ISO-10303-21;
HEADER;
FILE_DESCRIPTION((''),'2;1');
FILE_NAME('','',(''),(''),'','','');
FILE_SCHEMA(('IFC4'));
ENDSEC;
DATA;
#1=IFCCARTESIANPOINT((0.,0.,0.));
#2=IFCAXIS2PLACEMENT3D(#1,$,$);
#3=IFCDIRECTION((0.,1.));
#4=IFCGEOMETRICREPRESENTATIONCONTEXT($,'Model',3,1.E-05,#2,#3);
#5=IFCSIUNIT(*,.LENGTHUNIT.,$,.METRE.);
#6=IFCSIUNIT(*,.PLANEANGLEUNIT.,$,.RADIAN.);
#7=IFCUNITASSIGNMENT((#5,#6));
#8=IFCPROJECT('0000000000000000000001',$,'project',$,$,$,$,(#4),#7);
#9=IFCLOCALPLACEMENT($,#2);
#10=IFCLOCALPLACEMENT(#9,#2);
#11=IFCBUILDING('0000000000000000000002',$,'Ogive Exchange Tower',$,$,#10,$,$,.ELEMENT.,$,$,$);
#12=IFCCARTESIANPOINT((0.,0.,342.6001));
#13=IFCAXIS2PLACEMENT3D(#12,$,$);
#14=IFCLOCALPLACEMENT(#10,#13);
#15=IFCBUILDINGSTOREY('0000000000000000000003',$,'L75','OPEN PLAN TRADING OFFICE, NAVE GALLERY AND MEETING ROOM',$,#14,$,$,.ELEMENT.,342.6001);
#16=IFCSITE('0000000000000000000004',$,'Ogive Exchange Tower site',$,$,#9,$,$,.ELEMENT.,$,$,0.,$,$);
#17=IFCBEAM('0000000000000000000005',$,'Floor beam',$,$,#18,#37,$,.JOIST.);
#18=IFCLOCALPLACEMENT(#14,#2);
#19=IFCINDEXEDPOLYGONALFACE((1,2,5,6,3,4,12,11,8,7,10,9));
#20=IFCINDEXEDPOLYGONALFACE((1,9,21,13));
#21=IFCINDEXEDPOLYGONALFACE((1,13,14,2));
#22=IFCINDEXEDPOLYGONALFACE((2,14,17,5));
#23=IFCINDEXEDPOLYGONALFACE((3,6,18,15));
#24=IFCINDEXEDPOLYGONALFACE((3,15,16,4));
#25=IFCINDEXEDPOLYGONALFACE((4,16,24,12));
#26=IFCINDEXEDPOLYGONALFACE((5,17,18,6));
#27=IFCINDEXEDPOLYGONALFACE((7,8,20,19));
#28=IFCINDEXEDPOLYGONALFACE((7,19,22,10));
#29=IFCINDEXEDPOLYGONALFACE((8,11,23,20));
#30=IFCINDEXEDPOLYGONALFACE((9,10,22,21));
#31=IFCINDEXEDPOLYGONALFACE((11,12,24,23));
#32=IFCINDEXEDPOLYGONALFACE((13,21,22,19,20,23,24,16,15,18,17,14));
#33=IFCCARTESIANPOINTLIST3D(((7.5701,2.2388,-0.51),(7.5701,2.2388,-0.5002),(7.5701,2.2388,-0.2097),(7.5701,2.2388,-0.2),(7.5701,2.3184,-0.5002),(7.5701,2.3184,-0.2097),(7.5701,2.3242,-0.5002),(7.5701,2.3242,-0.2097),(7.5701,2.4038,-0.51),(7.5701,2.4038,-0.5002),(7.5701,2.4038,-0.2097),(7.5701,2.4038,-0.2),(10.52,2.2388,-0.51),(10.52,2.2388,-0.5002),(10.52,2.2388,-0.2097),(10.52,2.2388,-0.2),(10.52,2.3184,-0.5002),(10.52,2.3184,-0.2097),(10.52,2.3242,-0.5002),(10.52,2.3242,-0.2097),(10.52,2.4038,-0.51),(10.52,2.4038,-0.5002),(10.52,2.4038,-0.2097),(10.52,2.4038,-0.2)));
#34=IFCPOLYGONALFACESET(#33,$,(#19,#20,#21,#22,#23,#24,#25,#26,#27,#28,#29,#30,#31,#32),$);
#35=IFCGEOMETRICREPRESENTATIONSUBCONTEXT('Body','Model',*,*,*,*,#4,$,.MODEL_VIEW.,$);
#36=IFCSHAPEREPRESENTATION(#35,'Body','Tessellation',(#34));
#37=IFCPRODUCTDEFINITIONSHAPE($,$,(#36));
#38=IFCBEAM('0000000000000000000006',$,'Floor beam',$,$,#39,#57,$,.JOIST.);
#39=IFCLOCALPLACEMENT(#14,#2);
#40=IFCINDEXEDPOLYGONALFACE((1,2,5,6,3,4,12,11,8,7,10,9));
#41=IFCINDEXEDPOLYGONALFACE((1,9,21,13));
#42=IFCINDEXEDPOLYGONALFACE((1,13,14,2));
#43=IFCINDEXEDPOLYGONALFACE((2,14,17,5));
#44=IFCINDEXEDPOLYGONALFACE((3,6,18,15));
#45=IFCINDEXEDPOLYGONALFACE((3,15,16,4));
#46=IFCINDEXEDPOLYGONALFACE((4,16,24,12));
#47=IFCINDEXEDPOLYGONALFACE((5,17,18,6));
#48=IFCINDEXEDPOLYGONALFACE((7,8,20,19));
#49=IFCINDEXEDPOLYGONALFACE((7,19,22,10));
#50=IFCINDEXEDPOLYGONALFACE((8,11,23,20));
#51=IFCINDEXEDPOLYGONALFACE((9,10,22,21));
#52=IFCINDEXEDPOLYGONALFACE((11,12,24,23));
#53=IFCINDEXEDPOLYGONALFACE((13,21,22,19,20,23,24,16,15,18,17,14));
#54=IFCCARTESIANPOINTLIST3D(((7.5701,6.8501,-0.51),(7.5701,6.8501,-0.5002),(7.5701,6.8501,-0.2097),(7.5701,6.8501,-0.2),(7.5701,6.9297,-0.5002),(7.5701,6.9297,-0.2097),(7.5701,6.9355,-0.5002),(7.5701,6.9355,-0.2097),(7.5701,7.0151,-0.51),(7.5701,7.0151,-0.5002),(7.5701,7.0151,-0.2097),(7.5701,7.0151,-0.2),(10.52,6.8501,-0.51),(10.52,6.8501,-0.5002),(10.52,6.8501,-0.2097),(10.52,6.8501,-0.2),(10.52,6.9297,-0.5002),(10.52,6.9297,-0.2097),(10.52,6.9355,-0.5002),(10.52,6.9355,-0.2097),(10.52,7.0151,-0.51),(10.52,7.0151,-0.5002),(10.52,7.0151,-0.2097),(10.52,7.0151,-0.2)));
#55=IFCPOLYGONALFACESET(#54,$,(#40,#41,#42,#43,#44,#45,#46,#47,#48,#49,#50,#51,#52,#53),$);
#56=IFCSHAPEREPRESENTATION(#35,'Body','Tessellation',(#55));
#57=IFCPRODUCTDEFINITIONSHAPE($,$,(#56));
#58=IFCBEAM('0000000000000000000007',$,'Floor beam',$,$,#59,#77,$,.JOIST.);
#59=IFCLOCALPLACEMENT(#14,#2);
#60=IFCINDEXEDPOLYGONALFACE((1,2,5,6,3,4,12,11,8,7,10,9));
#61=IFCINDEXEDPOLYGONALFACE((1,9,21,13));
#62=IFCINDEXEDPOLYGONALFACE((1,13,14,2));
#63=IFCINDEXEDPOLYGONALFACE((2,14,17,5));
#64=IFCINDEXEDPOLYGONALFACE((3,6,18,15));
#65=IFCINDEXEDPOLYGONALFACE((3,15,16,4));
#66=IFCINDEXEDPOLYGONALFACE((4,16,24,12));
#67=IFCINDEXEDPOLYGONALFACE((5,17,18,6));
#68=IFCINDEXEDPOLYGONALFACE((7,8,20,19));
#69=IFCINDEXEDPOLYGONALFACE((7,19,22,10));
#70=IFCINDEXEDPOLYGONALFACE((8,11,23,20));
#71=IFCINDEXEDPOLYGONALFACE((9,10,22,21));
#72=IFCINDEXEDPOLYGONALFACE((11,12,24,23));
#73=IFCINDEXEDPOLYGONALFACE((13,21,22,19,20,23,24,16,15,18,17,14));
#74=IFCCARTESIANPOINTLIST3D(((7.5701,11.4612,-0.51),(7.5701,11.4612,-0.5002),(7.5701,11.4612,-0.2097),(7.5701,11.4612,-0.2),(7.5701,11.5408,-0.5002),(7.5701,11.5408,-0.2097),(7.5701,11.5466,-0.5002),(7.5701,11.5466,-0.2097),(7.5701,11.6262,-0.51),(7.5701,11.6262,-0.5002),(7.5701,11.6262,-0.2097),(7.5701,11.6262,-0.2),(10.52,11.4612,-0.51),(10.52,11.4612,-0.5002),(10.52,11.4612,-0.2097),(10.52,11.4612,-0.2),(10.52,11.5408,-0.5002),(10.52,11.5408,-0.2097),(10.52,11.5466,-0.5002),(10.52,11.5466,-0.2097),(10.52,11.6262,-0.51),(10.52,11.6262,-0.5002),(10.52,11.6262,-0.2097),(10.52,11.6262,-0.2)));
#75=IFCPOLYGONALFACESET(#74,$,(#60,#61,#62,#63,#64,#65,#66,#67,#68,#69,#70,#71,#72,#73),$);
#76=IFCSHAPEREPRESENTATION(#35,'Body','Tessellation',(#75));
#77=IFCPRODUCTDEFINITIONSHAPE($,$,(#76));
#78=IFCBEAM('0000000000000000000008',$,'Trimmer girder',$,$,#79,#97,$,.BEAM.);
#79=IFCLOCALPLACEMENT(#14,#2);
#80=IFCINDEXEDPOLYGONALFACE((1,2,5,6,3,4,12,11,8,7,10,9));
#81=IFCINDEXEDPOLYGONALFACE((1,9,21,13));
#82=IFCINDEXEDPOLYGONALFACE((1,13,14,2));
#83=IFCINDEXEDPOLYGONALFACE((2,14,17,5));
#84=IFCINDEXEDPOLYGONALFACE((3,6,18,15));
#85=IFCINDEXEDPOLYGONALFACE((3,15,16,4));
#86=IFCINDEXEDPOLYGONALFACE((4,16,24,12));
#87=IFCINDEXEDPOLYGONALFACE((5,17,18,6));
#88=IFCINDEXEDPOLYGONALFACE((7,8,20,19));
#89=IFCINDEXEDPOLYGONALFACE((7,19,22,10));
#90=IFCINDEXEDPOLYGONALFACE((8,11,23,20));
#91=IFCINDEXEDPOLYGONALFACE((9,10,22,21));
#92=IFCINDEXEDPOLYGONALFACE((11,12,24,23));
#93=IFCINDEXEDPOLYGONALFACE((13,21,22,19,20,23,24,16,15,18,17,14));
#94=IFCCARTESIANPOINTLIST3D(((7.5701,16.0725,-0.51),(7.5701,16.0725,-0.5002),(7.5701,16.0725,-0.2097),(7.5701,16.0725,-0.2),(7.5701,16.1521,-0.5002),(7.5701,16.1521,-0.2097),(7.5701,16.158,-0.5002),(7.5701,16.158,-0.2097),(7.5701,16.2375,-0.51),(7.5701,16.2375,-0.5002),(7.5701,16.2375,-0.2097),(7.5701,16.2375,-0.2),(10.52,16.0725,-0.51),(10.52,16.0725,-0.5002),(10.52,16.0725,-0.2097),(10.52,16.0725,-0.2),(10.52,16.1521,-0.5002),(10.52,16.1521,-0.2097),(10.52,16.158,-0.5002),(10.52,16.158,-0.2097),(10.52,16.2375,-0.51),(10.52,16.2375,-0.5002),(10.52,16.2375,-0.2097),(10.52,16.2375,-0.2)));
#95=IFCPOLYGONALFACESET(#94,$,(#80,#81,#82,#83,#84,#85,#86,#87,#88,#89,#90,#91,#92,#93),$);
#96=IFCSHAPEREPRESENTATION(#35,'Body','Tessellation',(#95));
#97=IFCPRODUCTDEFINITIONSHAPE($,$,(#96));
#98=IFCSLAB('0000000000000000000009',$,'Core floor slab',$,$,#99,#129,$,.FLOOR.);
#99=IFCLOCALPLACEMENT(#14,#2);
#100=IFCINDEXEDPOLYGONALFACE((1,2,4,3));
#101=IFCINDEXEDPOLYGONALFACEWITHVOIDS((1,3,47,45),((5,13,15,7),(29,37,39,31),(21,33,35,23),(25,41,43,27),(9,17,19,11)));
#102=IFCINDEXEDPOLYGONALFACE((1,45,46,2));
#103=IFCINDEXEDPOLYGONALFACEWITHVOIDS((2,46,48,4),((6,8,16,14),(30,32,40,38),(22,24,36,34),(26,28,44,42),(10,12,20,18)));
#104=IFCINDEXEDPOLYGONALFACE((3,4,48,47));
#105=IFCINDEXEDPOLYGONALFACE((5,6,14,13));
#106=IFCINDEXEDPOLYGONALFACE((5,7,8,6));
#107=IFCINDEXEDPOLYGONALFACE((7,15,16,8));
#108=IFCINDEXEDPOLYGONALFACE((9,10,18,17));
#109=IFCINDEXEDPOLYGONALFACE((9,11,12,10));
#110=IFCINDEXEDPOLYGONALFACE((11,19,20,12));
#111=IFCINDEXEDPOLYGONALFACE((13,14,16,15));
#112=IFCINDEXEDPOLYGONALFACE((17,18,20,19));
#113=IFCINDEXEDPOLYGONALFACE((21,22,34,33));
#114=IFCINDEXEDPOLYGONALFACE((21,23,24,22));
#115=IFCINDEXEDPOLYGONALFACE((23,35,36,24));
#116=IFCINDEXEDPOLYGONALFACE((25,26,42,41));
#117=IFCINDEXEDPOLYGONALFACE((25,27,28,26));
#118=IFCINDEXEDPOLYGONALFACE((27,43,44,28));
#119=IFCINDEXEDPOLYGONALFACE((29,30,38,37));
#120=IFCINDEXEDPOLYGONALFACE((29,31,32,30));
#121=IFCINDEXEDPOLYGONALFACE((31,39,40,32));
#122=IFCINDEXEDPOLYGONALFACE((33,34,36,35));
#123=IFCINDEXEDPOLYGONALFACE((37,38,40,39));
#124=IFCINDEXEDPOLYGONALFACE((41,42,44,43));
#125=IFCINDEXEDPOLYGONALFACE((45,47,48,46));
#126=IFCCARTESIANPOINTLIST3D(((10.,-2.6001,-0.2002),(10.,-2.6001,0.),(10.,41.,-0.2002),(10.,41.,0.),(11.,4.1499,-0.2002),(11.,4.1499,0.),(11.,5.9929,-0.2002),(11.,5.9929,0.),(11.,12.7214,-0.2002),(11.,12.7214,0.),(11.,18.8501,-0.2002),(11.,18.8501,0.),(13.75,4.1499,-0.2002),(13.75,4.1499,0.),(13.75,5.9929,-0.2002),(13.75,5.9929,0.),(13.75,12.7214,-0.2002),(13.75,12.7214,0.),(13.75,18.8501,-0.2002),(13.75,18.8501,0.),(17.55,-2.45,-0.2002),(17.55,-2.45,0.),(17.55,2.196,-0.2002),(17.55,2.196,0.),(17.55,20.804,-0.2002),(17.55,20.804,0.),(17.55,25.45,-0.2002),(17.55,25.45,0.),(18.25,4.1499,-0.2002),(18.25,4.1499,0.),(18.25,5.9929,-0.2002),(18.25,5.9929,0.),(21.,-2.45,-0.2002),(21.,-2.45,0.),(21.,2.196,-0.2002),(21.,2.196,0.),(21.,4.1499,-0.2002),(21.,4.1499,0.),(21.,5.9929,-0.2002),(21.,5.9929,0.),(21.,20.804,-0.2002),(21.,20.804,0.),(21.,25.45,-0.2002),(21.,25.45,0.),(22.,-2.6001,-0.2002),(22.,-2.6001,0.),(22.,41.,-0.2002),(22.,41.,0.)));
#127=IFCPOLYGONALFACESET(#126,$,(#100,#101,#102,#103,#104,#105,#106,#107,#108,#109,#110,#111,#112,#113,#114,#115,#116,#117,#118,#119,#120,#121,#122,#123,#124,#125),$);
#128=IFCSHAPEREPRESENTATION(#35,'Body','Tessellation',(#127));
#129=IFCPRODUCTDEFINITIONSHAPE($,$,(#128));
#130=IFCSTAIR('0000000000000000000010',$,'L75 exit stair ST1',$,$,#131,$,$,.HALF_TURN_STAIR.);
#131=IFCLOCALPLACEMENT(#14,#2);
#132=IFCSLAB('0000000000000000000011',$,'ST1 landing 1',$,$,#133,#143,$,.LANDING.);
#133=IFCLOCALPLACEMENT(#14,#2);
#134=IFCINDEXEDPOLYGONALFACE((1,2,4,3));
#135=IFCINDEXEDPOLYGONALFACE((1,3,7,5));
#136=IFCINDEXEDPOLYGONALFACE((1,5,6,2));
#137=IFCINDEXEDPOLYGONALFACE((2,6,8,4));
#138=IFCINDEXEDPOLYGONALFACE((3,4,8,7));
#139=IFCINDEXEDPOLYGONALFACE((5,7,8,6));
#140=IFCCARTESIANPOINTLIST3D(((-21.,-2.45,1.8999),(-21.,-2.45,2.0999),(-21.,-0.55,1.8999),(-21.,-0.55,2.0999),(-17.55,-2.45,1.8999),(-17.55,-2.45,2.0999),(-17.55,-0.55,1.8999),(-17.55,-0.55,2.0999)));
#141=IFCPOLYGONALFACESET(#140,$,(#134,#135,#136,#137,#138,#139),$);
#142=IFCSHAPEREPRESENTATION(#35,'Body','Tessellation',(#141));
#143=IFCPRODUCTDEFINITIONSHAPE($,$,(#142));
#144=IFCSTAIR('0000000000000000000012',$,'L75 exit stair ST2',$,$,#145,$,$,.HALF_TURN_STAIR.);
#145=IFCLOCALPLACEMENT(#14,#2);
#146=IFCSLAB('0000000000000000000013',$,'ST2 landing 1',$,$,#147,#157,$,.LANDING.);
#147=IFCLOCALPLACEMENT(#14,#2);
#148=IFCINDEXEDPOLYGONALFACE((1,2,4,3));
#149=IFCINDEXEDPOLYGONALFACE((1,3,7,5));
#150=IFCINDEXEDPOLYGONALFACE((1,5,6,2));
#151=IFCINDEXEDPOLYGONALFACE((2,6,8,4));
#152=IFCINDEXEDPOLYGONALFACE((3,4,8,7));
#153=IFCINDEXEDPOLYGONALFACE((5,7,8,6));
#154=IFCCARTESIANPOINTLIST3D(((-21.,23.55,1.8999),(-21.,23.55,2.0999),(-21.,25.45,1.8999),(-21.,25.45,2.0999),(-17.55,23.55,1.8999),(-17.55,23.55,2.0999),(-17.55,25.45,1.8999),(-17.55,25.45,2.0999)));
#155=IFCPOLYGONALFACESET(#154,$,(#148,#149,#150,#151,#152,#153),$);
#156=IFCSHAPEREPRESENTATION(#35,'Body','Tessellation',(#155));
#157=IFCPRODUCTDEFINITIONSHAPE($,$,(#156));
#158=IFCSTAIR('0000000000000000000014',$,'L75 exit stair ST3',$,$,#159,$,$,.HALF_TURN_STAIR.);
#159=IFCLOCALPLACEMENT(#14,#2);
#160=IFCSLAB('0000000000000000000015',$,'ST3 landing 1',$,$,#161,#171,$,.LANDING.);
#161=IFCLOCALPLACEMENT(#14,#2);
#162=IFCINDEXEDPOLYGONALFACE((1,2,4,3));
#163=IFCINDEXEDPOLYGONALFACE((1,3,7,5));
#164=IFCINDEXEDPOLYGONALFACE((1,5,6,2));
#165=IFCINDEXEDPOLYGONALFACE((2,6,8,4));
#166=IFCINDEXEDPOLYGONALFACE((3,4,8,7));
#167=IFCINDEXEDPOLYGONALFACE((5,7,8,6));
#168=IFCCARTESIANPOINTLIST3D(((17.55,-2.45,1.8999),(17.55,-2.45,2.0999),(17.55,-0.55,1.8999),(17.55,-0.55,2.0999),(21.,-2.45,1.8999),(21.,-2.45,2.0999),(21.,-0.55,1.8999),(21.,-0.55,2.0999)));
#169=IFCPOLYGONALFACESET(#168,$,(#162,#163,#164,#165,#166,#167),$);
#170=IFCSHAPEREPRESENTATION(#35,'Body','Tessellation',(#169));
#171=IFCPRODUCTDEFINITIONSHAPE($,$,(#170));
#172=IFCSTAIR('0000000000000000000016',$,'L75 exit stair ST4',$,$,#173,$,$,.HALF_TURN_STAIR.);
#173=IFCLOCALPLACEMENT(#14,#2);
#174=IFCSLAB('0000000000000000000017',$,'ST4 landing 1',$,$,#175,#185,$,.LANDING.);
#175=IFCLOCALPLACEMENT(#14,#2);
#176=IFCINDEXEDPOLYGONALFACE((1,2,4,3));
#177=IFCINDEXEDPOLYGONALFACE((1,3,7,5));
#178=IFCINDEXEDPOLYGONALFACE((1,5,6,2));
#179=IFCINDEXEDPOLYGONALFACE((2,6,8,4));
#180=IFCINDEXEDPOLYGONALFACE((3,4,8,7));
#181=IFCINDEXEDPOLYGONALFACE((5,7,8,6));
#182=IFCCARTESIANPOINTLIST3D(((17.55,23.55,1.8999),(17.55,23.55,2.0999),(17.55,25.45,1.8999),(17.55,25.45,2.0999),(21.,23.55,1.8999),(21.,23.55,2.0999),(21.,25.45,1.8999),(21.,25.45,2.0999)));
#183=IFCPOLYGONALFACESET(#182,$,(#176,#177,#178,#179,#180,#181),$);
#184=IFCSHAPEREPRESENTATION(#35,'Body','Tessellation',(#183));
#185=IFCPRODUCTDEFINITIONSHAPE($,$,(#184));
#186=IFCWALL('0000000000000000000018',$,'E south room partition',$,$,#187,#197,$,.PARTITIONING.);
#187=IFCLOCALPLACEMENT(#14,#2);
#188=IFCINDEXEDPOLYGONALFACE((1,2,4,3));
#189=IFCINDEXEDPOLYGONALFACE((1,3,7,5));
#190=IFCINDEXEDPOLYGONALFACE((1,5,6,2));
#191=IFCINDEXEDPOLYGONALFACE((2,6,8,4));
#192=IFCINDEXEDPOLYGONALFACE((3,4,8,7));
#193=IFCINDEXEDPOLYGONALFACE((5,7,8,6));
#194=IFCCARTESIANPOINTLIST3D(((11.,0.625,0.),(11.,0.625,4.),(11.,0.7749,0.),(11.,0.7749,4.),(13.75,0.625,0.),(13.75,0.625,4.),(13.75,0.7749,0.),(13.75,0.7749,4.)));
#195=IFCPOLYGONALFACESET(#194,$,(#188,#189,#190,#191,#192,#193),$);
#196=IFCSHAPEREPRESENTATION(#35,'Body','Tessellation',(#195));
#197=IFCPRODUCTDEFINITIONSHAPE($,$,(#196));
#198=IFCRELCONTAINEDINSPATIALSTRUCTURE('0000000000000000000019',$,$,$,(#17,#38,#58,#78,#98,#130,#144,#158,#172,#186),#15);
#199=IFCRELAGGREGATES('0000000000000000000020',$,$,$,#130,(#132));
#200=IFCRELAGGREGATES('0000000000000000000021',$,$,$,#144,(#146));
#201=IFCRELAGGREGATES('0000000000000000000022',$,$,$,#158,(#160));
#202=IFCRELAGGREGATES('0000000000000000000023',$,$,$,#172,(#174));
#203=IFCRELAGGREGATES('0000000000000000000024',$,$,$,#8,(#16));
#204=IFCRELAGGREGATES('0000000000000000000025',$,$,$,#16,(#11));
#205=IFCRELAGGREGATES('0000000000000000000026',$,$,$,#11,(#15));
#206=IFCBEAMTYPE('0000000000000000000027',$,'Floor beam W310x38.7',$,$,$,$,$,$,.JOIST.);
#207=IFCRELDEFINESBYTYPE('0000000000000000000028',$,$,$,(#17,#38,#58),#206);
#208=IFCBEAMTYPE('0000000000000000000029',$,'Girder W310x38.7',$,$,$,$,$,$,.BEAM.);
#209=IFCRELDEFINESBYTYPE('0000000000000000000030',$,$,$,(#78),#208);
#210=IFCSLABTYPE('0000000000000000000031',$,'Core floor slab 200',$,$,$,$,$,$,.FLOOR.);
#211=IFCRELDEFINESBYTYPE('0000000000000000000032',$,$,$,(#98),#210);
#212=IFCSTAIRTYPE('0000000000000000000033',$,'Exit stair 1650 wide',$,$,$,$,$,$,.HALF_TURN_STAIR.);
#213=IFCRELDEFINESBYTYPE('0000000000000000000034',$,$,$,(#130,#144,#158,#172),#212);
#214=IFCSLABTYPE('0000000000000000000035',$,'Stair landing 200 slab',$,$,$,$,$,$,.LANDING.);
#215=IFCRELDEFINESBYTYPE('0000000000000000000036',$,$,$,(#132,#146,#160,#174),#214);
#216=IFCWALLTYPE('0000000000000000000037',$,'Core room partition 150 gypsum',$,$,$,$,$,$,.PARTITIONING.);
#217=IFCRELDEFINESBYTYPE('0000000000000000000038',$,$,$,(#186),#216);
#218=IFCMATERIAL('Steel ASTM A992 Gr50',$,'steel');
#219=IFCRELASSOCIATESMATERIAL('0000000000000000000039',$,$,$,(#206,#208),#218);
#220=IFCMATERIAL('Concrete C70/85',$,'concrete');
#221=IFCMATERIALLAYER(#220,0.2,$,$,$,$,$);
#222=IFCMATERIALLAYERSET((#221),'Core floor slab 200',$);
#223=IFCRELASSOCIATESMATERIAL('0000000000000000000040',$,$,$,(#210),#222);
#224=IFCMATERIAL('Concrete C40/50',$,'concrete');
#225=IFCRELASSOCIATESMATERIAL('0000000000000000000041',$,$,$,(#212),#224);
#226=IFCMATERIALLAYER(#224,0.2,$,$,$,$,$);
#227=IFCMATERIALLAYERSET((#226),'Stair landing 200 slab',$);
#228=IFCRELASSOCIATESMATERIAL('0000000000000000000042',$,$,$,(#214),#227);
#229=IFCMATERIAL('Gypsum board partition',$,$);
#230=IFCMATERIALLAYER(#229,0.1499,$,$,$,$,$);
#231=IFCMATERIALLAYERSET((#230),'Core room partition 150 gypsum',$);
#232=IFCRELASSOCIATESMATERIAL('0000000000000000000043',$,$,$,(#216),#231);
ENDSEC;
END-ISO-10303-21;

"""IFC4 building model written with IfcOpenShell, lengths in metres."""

from ifc_helpers import new_model, si_unit, direction, frame, frame_2d, origin, origin_2d, place, context, subcontext, project, spatial, polyline, rectangle, i_section, outline, extrude, material, layer, layer_set, material_profile, profile_set, type_object, element, aggregate, save


model = new_model("IFC4")

# Units and contexts
model_context = context("Model", 3, precision=1e-05, world=origin(), true_north=direction((0.0, 1.0)))
body_context = subcontext(model_context, "Body", "Model", "MODEL_VIEW")
ifc_project = project(units=[si_unit("LENGTHUNIT", "METRE"), si_unit("PLANEANGLEUNIT", "RADIAN")], contexts=[model_context])

# Site, building, storey
site_placement = place(None, origin())
site = spatial("IfcSite", under=ifc_project, at=site_placement, Name="Ogive Exchange Tower site", CompositionType="ELEMENT", RefElevation=0.0)
building_placement = place(site_placement, origin())
building = spatial("IfcBuilding", under=site, at=building_placement, Name="Ogive Exchange Tower", CompositionType="ELEMENT")
storey_placement = place(building_placement, frame((0.0, 0.0, 342.6001)))
storey = spatial("IfcBuildingStorey", under=building, at=storey_placement, Name="L75", Description="OPEN PLAN TRADING OFFICE, NAVE GALLERY AND MEETING ROOM", CompositionType="ELEMENT", Elevation=342.6001)

# Beams
ifc_material_1 = material(Name="Steel ASTM A992 Gr50", Category="steel")
ifc_material_profile_1 = material_profile(ifc_material_1, i_section(OverallWidth=0.165, OverallDepth=0.3101, WebThickness=0.0059, FlangeThickness=0.0098, at=origin_2d()), Name="W310x38.7")
ifc_profile_set_1 = profile_set([ifc_material_profile_1], Name="Steel ASTM A992 Gr50")
beam_type_1 = type_object("IfcBeamType", Name="Floor beam W310x38.7", PredefinedType="JOIST", material=ifc_profile_set_1)
for number, where, z_axis, x_axis, name in (
    (1, (7.5701, 2.3213, -0.355), (1.0, 0.0, 0.0), (0.0, 1.0, 0.0), "Floor beam"),
    (2, (7.5701, 6.9326, -0.355), (1.0, 0.0, 0.0), (0.0, 1.0, 0.0), "Floor beam"),
    (3, (7.5701, 11.5437, -0.355), (1.0, 0.0, 0.0), (0.0, 1.0, 0.0), "Floor beam"),
):
    element("IfcBeam", number, at=place(storey_placement, frame(where, z_axis=z_axis, x_axis=x_axis)), inside=storey, type_object=beam_type_1, Name=name, PredefinedType="JOIST", context=body_context, shape_type="SweptSolid", body=[
        extrude(i_section(OverallWidth=0.165, OverallDepth=0.3101, WebThickness=0.0059, FlangeThickness=0.0098, at=origin_2d()), origin(), (0.0, 0.0, 1.0), 2.95),
    ])
ifc_material_profile_2 = material_profile(ifc_material_1, i_section(OverallWidth=0.165, OverallDepth=0.3101, WebThickness=0.0059, FlangeThickness=0.0098, at=origin_2d()), Name="W310x38.7")
ifc_profile_set_2 = profile_set([ifc_material_profile_2], Name="Steel ASTM A992 Gr50")
beam_type_2 = type_object("IfcBeamType", Name="Girder W310x38.7", PredefinedType="BEAM", material=ifc_profile_set_2)
beam_placement = place(storey_placement, frame((7.5701, 16.155, -0.355), z_axis=(1.0, 0.0, 0.0), x_axis=(0.0, 1.0, 0.0)))
element("IfcBeam", 4, at=beam_placement, inside=storey, type_object=beam_type_2, Name="Trimmer girder", PredefinedType="BEAM", context=body_context, shape_type="SweptSolid", body=[
    extrude(i_section(OverallWidth=0.165, OverallDepth=0.3101, WebThickness=0.0059, FlangeThickness=0.0098, at=origin_2d()), origin(), (0.0, 0.0, 1.0), 2.95),
])

# Slab
ifc_material_2 = material(Name="Concrete C70/85", Category="concrete")
ifc_layer_1 = layer(ifc_material_2, 0.2)
ifc_layer_set_1 = layer_set([ifc_layer_1], Name="Core floor slab 200")
slab_type_1 = type_object("IfcSlabType", Name="Core floor slab 200", PredefinedType="FLOOR", material=ifc_layer_set_1)
slab_1_placement = place(storey_placement, frame((0.0, 0.0, -0.2002)))
element("IfcSlab", 5, at=slab_1_placement, inside=storey, type_object=slab_type_1, Name="Core floor slab", PredefinedType="FLOOR", context=body_context, shape_type="SweptSolid", body=[
    extrude(outline(polyline([(10.0, -2.6001), (10.0, 41.0), (22.0, 41.0), (22.0, -2.6001), (10.0, -2.6001)]), holes=[polyline([(21.0, 2.196), (17.55, 2.196), (17.55, -2.45), (21.0, -2.45), (21.0, 2.196)]), polyline([(11.0, 5.9929), (11.0, 4.1499), (13.75, 4.1499), (13.75, 5.9929), (11.0, 5.9929)]), polyline([(18.25, 5.9929), (18.25, 4.1499), (21.0, 4.1499), (21.0, 5.9929), (18.25, 5.9929)]), polyline([(13.75, 18.8501), (11.0, 18.8501), (11.0, 12.7214), (13.75, 12.7214), (13.75, 18.8501)]), polyline([(17.55, 25.45), (17.55, 20.804), (21.0, 20.804), (21.0, 25.45), (17.55, 25.45)])]), origin(), (0.0, 0.0, 1.0), 0.2002),
])

# Stairs, slabs
ifc_material_3 = material(Name="Concrete C40/50", Category="concrete")
stair_type = type_object("IfcStairType", Name="Exit stair 1650 wide", PredefinedType="HALF_TURN_STAIR", material=ifc_material_3)
stair_1_placement = place(storey_placement, origin())
stair_1 = element("IfcStair", 6, at=stair_1_placement, inside=storey, type_object=stair_type, Name="L75 exit stair ST1", PredefinedType="HALF_TURN_STAIR")
ifc_layer_2 = layer(ifc_material_3, 0.2)
ifc_layer_set_2 = layer_set([ifc_layer_2], Name="Stair landing 200 slab")
slab_type_2 = type_object("IfcSlabType", Name="Stair landing 200 slab", PredefinedType="LANDING", material=ifc_layer_set_2)
slab_2_placement = place(storey_placement, frame((0.0, 0.0, 1.8999)))
slab_2 = element("IfcSlab", 7, at=slab_2_placement, type_object=slab_type_2, Name="ST1 landing 1", PredefinedType="LANDING", context=body_context, shape_type="SweptSolid", body=[
    extrude(outline(polyline([(-21.0, -0.55), (-21.0, -2.45), (-17.55, -2.45), (-17.55, -0.55), (-21.0, -0.55)])), origin(), (0.0, 0.0, 1.0), 0.2),
])
aggregate(stair_1, [slab_2])
stair_2_placement = place(storey_placement, origin())
stair_2 = element("IfcStair", 8, at=stair_2_placement, inside=storey, type_object=stair_type, Name="L75 exit stair ST2", PredefinedType="HALF_TURN_STAIR")
slab_3_placement = place(storey_placement, frame((0.0, 0.0, 1.8999)))
slab_3 = element("IfcSlab", 9, at=slab_3_placement, type_object=slab_type_2, Name="ST2 landing 1", PredefinedType="LANDING", context=body_context, shape_type="SweptSolid", body=[
    extrude(outline(polyline([(-17.55, 23.55), (-17.55, 25.45), (-21.0, 25.45), (-21.0, 23.55), (-17.55, 23.55)])), origin(), (0.0, 0.0, 1.0), 0.2),
])
aggregate(stair_2, [slab_3])
stair_3_placement = place(storey_placement, origin())
stair_3 = element("IfcStair", 10, at=stair_3_placement, inside=storey, type_object=stair_type, Name="L75 exit stair ST3", PredefinedType="HALF_TURN_STAIR")
slab_4_placement = place(storey_placement, frame((0.0, 0.0, 1.8999)))
slab_4 = element("IfcSlab", 11, at=slab_4_placement, type_object=slab_type_2, Name="ST3 landing 1", PredefinedType="LANDING", context=body_context, shape_type="SweptSolid", body=[
    extrude(outline(polyline([(17.55, -0.55), (17.55, -2.45), (21.0, -2.45), (21.0, -0.55), (17.55, -0.55)])), origin(), (0.0, 0.0, 1.0), 0.2),
])
aggregate(stair_3, [slab_4])
stair_4_placement = place(storey_placement, origin())
stair_4 = element("IfcStair", 12, at=stair_4_placement, inside=storey, type_object=stair_type, Name="L75 exit stair ST4", PredefinedType="HALF_TURN_STAIR")
slab_5_placement = place(storey_placement, frame((0.0, 0.0, 1.8999)))
slab_5 = element("IfcSlab", 13, at=slab_5_placement, type_object=slab_type_2, Name="ST4 landing 1", PredefinedType="LANDING", context=body_context, shape_type="SweptSolid", body=[
    extrude(outline(polyline([(21.0, 23.55), (21.0, 25.45), (17.55, 25.45), (17.55, 23.55), (21.0, 23.55)])), origin(), (0.0, 0.0, 1.0), 0.2),
])
aggregate(stair_4, [slab_5])

# Wall
ifc_material_4 = material(Name="Gypsum board partition")
ifc_layer_3 = layer(ifc_material_4, 0.1499)
ifc_layer_set_3 = layer_set([ifc_layer_3], Name="Core room partition 150 gypsum")
wall_type_1 = type_object("IfcWallType", Name="Core room partition 150 gypsum", PredefinedType="PARTITIONING", material=ifc_layer_set_3)
wall_1_placement = place(storey_placement, frame((11.0, 0.7, 0.0), z_axis=(0.0, 0.0, 1.0), x_axis=(1.0, 0.0, 0.0)))
element("IfcWall", 14, at=wall_1_placement, inside=storey, type_object=wall_type_1, Name="E south room partition", PredefinedType="PARTITIONING", context=body_context, shape_type="SweptSolid", body=[
    extrude(rectangle(XDim=2.75, YDim=0.1499, at=frame_2d((1.375, 0.0))), origin(), (0.0, 0.0, 1.0), 4.0),
])

save(model, "model.ifc")
